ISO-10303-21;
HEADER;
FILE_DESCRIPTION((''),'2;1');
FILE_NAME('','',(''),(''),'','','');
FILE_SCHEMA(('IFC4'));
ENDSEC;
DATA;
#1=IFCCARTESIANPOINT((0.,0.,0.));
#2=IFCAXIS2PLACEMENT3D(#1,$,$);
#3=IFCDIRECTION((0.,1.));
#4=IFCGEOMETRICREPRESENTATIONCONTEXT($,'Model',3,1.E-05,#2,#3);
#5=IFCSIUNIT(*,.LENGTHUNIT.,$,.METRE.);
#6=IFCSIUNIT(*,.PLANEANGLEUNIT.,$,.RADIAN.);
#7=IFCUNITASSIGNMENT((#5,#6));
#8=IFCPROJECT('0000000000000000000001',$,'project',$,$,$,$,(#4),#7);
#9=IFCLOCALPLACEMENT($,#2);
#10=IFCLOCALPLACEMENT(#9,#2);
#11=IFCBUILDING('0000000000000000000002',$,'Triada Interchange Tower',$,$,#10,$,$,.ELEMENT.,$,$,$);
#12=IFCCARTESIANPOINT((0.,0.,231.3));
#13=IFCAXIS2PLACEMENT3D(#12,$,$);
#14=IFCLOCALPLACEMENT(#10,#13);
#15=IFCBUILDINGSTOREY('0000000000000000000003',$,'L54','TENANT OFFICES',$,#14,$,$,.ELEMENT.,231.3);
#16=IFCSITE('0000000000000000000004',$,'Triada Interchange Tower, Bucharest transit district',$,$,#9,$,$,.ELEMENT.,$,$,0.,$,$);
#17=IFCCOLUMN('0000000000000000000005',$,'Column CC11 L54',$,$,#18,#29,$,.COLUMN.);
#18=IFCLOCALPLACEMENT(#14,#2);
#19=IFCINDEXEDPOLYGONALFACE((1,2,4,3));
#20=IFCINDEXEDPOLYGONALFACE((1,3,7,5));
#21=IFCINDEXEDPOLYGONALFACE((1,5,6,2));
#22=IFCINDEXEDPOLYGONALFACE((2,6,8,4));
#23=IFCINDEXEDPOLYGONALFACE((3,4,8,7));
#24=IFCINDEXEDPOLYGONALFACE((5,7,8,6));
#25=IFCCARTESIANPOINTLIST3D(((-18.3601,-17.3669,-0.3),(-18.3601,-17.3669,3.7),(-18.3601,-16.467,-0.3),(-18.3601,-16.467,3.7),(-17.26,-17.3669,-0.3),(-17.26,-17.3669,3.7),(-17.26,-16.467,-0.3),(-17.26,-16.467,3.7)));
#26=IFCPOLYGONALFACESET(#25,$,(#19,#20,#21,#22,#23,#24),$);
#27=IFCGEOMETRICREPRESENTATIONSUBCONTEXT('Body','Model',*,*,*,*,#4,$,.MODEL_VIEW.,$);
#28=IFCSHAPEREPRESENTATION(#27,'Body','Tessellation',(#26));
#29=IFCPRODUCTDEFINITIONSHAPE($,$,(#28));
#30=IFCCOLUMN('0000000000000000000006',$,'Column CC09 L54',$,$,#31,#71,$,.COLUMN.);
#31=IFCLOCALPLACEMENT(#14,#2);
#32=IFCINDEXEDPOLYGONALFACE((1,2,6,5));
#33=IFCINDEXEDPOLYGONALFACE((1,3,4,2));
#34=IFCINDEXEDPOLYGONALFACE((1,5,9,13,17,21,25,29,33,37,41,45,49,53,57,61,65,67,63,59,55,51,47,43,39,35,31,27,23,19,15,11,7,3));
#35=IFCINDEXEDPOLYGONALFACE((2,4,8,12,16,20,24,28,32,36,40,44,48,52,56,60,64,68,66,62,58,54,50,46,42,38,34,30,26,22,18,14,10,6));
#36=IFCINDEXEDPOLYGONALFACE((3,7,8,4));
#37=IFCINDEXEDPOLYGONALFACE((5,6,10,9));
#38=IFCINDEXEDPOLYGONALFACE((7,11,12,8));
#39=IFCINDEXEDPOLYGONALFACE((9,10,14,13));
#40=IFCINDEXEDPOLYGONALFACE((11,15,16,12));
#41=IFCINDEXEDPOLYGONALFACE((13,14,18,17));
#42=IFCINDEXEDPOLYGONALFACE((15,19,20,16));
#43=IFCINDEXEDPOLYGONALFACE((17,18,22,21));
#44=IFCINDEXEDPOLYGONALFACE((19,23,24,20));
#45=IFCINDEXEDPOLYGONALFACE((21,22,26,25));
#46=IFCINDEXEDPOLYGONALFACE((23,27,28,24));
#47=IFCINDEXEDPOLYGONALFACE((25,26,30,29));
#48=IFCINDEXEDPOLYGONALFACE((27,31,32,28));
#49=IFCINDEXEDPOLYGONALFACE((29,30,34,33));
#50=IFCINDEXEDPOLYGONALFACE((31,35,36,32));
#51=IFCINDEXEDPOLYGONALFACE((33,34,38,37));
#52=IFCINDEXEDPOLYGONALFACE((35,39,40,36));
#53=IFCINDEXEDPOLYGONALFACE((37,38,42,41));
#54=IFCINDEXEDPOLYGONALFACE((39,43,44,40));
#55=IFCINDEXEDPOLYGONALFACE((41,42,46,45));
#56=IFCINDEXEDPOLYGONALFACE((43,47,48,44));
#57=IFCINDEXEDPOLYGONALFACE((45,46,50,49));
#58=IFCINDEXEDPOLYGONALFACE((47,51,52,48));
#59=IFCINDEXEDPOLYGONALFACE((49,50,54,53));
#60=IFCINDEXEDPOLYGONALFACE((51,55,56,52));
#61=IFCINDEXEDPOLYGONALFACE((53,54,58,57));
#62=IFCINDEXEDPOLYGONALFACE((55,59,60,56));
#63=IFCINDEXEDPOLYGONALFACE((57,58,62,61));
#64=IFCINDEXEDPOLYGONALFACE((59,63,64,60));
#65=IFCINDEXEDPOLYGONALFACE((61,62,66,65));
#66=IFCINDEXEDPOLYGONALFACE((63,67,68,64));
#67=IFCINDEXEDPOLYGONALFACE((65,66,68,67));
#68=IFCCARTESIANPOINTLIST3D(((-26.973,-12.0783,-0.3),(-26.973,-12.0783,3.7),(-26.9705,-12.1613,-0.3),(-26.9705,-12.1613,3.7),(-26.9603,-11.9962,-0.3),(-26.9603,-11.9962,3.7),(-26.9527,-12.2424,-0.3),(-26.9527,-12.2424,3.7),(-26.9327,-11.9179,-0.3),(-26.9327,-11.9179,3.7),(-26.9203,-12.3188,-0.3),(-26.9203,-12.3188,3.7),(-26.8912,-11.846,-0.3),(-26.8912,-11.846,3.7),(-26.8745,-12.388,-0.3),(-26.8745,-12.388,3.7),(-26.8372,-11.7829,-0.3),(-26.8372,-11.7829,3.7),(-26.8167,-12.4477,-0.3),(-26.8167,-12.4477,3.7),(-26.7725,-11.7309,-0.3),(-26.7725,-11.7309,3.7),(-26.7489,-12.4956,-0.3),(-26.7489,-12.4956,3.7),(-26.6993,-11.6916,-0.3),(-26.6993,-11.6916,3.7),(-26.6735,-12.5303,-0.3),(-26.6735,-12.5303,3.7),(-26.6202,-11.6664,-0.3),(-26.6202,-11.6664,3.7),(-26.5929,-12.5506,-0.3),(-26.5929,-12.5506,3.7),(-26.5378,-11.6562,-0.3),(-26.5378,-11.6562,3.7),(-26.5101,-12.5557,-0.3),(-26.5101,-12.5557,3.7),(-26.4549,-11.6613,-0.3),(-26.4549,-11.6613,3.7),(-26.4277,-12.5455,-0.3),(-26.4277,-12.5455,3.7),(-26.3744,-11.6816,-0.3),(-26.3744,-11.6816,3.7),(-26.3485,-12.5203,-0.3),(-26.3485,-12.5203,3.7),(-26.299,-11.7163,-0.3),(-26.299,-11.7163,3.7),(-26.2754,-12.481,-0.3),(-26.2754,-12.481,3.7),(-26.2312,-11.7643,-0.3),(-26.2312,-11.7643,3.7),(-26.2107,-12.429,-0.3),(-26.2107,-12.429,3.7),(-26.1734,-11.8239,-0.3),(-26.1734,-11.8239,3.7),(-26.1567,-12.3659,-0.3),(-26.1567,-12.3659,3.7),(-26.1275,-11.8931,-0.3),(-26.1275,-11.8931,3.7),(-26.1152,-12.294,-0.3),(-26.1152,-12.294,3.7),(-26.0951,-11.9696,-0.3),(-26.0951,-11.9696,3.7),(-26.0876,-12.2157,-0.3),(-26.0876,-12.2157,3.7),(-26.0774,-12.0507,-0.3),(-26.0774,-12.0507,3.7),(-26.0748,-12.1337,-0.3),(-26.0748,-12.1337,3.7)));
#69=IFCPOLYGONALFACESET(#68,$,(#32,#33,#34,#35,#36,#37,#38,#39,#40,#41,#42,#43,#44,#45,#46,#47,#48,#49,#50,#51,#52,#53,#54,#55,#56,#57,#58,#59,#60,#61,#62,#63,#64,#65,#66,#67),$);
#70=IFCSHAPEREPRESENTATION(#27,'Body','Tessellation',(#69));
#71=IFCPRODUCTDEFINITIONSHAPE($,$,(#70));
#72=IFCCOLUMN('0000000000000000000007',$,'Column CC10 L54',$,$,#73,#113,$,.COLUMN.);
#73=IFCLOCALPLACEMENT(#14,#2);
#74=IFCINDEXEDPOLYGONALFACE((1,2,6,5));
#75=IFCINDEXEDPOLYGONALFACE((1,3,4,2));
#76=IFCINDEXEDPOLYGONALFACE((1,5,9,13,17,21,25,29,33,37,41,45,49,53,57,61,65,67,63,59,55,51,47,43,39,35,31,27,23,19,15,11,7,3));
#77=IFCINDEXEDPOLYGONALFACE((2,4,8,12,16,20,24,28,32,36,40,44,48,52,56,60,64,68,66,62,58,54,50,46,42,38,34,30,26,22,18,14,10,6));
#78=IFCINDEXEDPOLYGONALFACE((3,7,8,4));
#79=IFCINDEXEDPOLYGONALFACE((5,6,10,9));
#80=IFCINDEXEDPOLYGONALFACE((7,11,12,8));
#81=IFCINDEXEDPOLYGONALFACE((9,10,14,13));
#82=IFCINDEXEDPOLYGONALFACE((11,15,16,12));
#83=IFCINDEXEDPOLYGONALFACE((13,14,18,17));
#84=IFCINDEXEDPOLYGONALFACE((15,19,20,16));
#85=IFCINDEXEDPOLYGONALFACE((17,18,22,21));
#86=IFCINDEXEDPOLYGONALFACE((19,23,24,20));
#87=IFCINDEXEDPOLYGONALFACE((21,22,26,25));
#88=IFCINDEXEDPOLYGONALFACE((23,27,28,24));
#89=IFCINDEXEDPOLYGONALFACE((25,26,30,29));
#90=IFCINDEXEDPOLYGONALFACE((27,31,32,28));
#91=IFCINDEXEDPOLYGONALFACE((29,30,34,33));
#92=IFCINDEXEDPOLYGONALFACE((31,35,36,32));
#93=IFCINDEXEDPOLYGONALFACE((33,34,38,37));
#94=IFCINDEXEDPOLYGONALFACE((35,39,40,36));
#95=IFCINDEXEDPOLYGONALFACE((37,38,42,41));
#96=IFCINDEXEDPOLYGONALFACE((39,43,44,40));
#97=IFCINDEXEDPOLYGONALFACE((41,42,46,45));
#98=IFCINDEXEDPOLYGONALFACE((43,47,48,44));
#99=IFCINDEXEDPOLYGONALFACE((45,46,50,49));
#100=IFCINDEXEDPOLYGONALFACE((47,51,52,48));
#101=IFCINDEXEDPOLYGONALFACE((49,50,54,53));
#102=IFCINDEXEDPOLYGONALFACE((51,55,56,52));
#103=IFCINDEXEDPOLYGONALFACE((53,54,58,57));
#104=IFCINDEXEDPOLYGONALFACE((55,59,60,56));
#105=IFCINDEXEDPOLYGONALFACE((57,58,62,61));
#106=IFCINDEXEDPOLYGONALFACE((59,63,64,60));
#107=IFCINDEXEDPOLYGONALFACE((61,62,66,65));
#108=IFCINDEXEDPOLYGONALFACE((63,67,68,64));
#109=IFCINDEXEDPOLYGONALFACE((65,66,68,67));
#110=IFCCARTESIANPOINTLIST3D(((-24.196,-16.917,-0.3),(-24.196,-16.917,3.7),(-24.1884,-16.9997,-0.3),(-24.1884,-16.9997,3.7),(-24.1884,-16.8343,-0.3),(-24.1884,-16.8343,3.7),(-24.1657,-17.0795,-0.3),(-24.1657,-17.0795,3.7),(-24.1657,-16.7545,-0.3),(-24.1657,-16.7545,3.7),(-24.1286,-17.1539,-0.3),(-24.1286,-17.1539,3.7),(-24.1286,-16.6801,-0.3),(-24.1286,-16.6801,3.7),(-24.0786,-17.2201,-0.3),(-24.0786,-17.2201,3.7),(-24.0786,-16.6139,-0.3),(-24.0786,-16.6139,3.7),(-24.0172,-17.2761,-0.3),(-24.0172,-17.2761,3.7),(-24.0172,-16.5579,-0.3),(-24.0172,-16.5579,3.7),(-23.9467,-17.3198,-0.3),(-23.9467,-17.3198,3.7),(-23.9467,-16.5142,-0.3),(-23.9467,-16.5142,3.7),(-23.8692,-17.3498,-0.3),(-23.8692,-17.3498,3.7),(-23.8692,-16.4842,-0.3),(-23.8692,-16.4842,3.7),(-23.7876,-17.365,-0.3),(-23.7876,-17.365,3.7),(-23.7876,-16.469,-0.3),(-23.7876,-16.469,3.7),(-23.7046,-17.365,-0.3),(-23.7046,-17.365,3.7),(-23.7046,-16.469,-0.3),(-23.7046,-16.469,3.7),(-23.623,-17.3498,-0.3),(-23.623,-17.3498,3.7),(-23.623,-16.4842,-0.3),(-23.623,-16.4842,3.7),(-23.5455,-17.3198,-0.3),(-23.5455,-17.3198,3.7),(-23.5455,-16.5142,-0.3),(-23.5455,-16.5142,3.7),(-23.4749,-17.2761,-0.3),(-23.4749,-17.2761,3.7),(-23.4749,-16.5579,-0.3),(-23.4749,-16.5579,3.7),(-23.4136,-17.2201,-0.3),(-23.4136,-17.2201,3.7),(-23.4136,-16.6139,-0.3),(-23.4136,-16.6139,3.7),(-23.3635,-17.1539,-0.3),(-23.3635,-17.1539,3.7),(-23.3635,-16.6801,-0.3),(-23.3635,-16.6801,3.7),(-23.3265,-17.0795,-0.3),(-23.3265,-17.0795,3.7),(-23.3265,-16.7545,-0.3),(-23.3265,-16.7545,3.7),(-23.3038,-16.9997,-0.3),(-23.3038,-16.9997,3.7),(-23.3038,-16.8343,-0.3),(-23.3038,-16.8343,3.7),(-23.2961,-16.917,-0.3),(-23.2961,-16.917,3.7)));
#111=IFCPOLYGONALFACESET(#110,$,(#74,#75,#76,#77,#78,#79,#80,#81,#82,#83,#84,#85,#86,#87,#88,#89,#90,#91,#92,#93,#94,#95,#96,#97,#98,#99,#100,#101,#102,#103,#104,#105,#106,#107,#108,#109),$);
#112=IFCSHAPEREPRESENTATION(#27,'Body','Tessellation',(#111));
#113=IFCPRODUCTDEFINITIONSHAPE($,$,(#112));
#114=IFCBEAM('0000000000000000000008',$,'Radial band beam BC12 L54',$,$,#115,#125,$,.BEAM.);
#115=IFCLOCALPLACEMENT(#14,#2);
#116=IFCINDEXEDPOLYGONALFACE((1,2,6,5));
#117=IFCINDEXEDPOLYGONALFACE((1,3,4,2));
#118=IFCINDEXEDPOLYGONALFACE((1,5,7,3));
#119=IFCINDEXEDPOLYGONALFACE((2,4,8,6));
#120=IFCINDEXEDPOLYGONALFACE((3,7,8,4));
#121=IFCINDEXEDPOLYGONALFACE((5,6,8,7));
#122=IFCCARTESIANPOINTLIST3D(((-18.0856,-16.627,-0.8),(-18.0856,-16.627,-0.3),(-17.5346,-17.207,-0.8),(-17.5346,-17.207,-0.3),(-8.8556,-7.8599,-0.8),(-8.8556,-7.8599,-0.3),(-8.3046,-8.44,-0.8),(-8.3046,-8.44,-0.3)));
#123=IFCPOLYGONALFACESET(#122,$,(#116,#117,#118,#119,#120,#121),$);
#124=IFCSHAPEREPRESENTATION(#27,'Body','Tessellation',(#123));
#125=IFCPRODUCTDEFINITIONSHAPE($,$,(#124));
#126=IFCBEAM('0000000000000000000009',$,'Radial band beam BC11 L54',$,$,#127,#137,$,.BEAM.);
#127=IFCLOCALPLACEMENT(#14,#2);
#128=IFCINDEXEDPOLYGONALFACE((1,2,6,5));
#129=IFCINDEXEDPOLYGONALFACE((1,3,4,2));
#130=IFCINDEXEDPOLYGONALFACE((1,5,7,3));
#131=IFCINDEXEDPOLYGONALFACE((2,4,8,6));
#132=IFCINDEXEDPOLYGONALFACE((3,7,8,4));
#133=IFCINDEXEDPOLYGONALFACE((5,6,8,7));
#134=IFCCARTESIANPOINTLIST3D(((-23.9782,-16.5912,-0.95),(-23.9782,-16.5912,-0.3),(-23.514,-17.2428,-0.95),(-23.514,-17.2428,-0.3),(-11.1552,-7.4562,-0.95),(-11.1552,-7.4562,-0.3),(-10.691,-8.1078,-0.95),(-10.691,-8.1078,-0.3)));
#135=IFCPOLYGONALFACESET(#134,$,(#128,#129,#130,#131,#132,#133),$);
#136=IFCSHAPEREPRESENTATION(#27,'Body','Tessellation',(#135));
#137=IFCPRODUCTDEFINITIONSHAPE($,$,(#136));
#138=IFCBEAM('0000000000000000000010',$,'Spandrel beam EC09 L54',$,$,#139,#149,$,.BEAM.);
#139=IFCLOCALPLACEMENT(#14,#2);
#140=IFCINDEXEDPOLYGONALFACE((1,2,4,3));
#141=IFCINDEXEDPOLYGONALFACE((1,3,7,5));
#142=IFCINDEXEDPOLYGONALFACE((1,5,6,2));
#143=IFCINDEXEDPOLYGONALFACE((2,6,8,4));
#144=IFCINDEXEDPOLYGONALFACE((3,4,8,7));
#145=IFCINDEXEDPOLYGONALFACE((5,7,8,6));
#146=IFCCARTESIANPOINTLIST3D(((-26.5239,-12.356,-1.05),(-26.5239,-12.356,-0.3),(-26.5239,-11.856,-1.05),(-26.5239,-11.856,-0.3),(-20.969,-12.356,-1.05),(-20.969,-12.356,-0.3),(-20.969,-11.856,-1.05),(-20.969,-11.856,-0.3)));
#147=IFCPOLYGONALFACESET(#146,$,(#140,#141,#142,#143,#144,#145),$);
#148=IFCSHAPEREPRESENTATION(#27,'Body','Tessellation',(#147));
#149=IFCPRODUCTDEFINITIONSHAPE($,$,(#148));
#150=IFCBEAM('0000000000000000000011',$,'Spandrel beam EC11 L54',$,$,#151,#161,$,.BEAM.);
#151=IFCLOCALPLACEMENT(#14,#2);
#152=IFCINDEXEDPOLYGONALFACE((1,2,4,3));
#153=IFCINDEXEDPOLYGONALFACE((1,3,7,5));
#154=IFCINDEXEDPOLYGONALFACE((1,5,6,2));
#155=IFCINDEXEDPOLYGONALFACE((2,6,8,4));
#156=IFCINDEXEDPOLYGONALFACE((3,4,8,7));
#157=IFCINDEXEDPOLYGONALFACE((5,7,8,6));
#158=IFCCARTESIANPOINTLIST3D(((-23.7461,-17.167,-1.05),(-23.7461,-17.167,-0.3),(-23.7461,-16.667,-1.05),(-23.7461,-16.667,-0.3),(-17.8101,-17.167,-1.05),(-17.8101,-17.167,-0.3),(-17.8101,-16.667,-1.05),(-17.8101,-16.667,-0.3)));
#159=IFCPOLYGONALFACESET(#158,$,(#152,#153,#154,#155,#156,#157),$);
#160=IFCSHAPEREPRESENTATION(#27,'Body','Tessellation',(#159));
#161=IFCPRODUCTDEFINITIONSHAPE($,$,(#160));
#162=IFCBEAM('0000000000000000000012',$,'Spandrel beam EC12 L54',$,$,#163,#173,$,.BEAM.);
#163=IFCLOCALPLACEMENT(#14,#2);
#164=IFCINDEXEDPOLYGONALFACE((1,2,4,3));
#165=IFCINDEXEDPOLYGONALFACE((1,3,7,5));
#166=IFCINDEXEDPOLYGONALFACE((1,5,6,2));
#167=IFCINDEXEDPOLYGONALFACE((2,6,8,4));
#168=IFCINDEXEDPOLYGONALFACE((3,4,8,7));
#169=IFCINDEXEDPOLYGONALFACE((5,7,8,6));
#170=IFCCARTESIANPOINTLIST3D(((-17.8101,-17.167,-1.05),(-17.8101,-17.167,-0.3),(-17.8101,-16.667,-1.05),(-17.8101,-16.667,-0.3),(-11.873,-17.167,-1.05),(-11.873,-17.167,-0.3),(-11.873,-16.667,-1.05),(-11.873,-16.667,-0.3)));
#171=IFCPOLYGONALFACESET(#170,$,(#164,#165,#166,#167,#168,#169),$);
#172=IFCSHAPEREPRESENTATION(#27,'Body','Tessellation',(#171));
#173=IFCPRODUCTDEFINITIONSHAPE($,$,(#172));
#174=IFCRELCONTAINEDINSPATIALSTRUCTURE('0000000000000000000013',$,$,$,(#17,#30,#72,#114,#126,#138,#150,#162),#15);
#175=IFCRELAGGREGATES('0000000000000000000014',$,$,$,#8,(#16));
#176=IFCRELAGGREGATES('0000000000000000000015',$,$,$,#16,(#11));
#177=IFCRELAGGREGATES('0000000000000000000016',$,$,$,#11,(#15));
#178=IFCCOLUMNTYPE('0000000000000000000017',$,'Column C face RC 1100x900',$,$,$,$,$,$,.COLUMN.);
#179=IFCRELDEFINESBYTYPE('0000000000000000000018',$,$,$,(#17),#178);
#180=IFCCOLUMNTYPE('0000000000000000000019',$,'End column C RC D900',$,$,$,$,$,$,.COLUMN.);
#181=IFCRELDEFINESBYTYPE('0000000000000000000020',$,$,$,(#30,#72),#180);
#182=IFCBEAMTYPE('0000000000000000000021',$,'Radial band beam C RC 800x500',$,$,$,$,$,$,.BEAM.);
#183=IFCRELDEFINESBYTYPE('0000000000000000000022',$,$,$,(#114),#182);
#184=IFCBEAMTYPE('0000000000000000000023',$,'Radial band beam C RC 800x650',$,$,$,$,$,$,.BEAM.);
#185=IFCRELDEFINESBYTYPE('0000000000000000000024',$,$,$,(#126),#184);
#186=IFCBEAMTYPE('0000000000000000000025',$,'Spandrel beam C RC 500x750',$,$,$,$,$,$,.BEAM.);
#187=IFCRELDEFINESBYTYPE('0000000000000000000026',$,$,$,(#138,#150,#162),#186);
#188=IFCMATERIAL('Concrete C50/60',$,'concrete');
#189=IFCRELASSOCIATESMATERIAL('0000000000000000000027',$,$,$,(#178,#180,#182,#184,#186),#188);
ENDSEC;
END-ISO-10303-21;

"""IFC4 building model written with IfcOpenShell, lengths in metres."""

from ifc_helpers import new_model, si_unit, direction, frame, origin, origin_2d, place, context, subcontext, project, spatial, rectangle, circle, extrude, material, material_profile, profile_set, type_object, element, save


model = new_model("IFC4")

# Units and contexts
model_context = context("Model", 3, precision=1e-05, world=origin(), true_north=direction((0.0, 1.0)))
body_context = subcontext(model_context, "Body", "Model", "MODEL_VIEW")
ifc_project = project(units=[si_unit("LENGTHUNIT", "METRE"), si_unit("PLANEANGLEUNIT", "RADIAN")], contexts=[model_context])

# Site, building, storey
site_placement = place(None, origin())
site = spatial("IfcSite", under=ifc_project, at=site_placement, Name="Triada Interchange Tower, Bucharest transit district", CompositionType="ELEMENT", RefElevation=0.0)
building_placement = place(site_placement, origin())
building = spatial("IfcBuilding", under=site, at=building_placement, Name="Triada Interchange Tower", CompositionType="ELEMENT")
storey_placement = place(building_placement, frame((0.0, 0.0, 231.3)))
storey = spatial("IfcBuildingStorey", under=building, at=storey_placement, Name="L54", Description="TENANT OFFICES", CompositionType="ELEMENT", Elevation=231.3)

# Columns
ifc_material_1 = material(Name="Concrete C50/60", Category="concrete")
ifc_material_profile_1 = material_profile(ifc_material_1, rectangle(XDim=1.1001, YDim=0.8999, at=origin_2d()), Name="RC 1100x900")
ifc_profile_set_1 = profile_set([ifc_material_profile_1], Name="Concrete C50/60")
column_type_1 = type_object("IfcColumnType", Name="Column C face RC 1100x900", PredefinedType="COLUMN", material=ifc_profile_set_1)
column_placement = place(storey_placement, frame((-17.8101, -16.917, -0.3), z_axis=(0.0, 0.0, 1.0), x_axis=(1.0, 0.0, 0.0)))
element("IfcColumn", 1, at=column_placement, inside=storey, type_object=column_type_1, Name="Column CC11 L54", PredefinedType="COLUMN", context=body_context, shape_type="SweptSolid", body=[
    extrude(rectangle(XDim=1.1001, YDim=0.8999, at=origin_2d()), origin(), (0.0, 0.0, 1.0), 4.0),
])
ifc_material_profile_2 = material_profile(ifc_material_1, circle(Radius=0.45, at=origin_2d()), Name="RC D900")
ifc_profile_set_2 = profile_set([ifc_material_profile_2], Name="Concrete C50/60")
column_type_2 = type_object("IfcColumnType", Name="End column C RC D900", PredefinedType="COLUMN", material=ifc_profile_set_2)
for number, where, z_axis, x_axis, name in (
    (2, (-26.5239, -12.106, -0.3), (0.0, 0.0, 1.0), (0.5, 0.866025, 0.0), "Column CC09 L54"),
    (3, (-23.7461, -16.917, -0.3), (0.0, 0.0, 1.0), (1.0, 0.0, 0.0), "Column CC10 L54"),
):
    element("IfcColumn", number, at=place(storey_placement, frame(where, z_axis=z_axis, x_axis=x_axis)), inside=storey, type_object=column_type_2, Name=name, PredefinedType="COLUMN", context=body_context, shape_type="SweptSolid", body=[
        extrude(circle(Radius=0.45, at=origin_2d()), origin(), (0.0, 0.0, 1.0), 4.0),
    ])

# Beams
ifc_material_profile_3 = material_profile(ifc_material_1, rectangle(XDim=0.8, YDim=0.5, at=origin_2d()), Name="RC 800x500")
ifc_profile_set_3 = profile_set([ifc_material_profile_3], Name="Concrete C50/60")
beam_type_1 = type_object("IfcBeamType", Name="Radial band beam C RC 800x500", PredefinedType="BEAM", material=ifc_profile_set_3)
beam_1_placement = place(storey_placement, frame((-17.8101, -16.917, -0.55), z_axis=(0.725054, 0.688692, 0.0), x_axis=(-0.688692, 0.725054, 0.0)))
element("IfcBeam", 4, at=beam_1_placement, inside=storey, type_object=beam_type_1, Name="Radial band beam BC12 L54", PredefinedType="BEAM", context=body_context, shape_type="SweptSolid", body=[
    extrude(rectangle(XDim=0.8, YDim=0.5, at=origin_2d()), origin(), (0.0, 0.0, 1.0), 12.73),
])
ifc_material_profile_4 = material_profile(ifc_material_1, rectangle(XDim=0.8, YDim=0.6499, at=origin_2d()), Name="RC 800x650")
ifc_profile_set_4 = profile_set([ifc_material_profile_4], Name="Concrete C50/60")
beam_type_2 = type_object("IfcBeamType", Name="Radial band beam C RC 800x650", PredefinedType="BEAM", material=ifc_profile_set_4)
beam_2_placement = place(storey_placement, frame((-23.7461, -16.917, -0.625), z_axis=(0.814462, 0.580217, 0.0), x_axis=(-0.580217, 0.814462, 0.0)))
element("IfcBeam", 5, at=beam_2_placement, inside=storey, type_object=beam_type_2, Name="Radial band beam BC11 L54", PredefinedType="BEAM", context=body_context, shape_type="SweptSolid", body=[
    extrude(rectangle(XDim=0.8, YDim=0.6499, at=origin_2d()), origin(), (0.0, 0.0, 1.0), 15.7441),
])
ifc_material_profile_5 = material_profile(ifc_material_1, rectangle(XDim=0.5, YDim=0.75, at=origin_2d()), Name="RC 500x750")
ifc_profile_set_5 = profile_set([ifc_material_profile_5], Name="Concrete C50/60")
beam_type_3 = type_object("IfcBeamType", Name="Spandrel beam C RC 500x750", PredefinedType="BEAM", material=ifc_profile_set_5)
beam_3_placement = place(storey_placement, frame((-26.5239, -12.106, -0.675), z_axis=(1.0, 0.0, 0.0), x_axis=(0.0, 1.0, 0.0)))
element("IfcBeam", 6, at=beam_3_placement, inside=storey, type_object=beam_type_3, Name="Spandrel beam EC09 L54", PredefinedType="BEAM", context=body_context, shape_type="SweptSolid", body=[
    extrude(rectangle(XDim=0.5, YDim=0.75, at=origin_2d()), origin(), (0.0, 0.0, 1.0), 5.5549),
])
beam_4_placement = place(storey_placement, frame((-23.7461, -16.917, -0.675), z_axis=(1.0, 0.0, 0.0), x_axis=(0.0, 1.0, 0.0)))
element("IfcBeam", 7, at=beam_4_placement, inside=storey, type_object=beam_type_3, Name="Spandrel beam EC11 L54", PredefinedType="BEAM", context=body_context, shape_type="SweptSolid", body=[
    extrude(rectangle(XDim=0.5, YDim=0.75, at=origin_2d()), origin(), (0.0, 0.0, 1.0), 5.936),
])
beam_5_placement = place(storey_placement, frame((-17.8101, -16.917, -0.675), z_axis=(1.0, 0.0, 0.0), x_axis=(0.0, 1.0, 0.0)))
element("IfcBeam", 8, at=beam_5_placement, inside=storey, type_object=beam_type_3, Name="Spandrel beam EC12 L54", PredefinedType="BEAM", context=body_context, shape_type="SweptSolid", body=[
    extrude(rectangle(XDim=0.5, YDim=0.75, at=origin_2d()), origin(), (0.0, 0.0, 1.0), 5.937),
])

save(model, "model.ifc")
